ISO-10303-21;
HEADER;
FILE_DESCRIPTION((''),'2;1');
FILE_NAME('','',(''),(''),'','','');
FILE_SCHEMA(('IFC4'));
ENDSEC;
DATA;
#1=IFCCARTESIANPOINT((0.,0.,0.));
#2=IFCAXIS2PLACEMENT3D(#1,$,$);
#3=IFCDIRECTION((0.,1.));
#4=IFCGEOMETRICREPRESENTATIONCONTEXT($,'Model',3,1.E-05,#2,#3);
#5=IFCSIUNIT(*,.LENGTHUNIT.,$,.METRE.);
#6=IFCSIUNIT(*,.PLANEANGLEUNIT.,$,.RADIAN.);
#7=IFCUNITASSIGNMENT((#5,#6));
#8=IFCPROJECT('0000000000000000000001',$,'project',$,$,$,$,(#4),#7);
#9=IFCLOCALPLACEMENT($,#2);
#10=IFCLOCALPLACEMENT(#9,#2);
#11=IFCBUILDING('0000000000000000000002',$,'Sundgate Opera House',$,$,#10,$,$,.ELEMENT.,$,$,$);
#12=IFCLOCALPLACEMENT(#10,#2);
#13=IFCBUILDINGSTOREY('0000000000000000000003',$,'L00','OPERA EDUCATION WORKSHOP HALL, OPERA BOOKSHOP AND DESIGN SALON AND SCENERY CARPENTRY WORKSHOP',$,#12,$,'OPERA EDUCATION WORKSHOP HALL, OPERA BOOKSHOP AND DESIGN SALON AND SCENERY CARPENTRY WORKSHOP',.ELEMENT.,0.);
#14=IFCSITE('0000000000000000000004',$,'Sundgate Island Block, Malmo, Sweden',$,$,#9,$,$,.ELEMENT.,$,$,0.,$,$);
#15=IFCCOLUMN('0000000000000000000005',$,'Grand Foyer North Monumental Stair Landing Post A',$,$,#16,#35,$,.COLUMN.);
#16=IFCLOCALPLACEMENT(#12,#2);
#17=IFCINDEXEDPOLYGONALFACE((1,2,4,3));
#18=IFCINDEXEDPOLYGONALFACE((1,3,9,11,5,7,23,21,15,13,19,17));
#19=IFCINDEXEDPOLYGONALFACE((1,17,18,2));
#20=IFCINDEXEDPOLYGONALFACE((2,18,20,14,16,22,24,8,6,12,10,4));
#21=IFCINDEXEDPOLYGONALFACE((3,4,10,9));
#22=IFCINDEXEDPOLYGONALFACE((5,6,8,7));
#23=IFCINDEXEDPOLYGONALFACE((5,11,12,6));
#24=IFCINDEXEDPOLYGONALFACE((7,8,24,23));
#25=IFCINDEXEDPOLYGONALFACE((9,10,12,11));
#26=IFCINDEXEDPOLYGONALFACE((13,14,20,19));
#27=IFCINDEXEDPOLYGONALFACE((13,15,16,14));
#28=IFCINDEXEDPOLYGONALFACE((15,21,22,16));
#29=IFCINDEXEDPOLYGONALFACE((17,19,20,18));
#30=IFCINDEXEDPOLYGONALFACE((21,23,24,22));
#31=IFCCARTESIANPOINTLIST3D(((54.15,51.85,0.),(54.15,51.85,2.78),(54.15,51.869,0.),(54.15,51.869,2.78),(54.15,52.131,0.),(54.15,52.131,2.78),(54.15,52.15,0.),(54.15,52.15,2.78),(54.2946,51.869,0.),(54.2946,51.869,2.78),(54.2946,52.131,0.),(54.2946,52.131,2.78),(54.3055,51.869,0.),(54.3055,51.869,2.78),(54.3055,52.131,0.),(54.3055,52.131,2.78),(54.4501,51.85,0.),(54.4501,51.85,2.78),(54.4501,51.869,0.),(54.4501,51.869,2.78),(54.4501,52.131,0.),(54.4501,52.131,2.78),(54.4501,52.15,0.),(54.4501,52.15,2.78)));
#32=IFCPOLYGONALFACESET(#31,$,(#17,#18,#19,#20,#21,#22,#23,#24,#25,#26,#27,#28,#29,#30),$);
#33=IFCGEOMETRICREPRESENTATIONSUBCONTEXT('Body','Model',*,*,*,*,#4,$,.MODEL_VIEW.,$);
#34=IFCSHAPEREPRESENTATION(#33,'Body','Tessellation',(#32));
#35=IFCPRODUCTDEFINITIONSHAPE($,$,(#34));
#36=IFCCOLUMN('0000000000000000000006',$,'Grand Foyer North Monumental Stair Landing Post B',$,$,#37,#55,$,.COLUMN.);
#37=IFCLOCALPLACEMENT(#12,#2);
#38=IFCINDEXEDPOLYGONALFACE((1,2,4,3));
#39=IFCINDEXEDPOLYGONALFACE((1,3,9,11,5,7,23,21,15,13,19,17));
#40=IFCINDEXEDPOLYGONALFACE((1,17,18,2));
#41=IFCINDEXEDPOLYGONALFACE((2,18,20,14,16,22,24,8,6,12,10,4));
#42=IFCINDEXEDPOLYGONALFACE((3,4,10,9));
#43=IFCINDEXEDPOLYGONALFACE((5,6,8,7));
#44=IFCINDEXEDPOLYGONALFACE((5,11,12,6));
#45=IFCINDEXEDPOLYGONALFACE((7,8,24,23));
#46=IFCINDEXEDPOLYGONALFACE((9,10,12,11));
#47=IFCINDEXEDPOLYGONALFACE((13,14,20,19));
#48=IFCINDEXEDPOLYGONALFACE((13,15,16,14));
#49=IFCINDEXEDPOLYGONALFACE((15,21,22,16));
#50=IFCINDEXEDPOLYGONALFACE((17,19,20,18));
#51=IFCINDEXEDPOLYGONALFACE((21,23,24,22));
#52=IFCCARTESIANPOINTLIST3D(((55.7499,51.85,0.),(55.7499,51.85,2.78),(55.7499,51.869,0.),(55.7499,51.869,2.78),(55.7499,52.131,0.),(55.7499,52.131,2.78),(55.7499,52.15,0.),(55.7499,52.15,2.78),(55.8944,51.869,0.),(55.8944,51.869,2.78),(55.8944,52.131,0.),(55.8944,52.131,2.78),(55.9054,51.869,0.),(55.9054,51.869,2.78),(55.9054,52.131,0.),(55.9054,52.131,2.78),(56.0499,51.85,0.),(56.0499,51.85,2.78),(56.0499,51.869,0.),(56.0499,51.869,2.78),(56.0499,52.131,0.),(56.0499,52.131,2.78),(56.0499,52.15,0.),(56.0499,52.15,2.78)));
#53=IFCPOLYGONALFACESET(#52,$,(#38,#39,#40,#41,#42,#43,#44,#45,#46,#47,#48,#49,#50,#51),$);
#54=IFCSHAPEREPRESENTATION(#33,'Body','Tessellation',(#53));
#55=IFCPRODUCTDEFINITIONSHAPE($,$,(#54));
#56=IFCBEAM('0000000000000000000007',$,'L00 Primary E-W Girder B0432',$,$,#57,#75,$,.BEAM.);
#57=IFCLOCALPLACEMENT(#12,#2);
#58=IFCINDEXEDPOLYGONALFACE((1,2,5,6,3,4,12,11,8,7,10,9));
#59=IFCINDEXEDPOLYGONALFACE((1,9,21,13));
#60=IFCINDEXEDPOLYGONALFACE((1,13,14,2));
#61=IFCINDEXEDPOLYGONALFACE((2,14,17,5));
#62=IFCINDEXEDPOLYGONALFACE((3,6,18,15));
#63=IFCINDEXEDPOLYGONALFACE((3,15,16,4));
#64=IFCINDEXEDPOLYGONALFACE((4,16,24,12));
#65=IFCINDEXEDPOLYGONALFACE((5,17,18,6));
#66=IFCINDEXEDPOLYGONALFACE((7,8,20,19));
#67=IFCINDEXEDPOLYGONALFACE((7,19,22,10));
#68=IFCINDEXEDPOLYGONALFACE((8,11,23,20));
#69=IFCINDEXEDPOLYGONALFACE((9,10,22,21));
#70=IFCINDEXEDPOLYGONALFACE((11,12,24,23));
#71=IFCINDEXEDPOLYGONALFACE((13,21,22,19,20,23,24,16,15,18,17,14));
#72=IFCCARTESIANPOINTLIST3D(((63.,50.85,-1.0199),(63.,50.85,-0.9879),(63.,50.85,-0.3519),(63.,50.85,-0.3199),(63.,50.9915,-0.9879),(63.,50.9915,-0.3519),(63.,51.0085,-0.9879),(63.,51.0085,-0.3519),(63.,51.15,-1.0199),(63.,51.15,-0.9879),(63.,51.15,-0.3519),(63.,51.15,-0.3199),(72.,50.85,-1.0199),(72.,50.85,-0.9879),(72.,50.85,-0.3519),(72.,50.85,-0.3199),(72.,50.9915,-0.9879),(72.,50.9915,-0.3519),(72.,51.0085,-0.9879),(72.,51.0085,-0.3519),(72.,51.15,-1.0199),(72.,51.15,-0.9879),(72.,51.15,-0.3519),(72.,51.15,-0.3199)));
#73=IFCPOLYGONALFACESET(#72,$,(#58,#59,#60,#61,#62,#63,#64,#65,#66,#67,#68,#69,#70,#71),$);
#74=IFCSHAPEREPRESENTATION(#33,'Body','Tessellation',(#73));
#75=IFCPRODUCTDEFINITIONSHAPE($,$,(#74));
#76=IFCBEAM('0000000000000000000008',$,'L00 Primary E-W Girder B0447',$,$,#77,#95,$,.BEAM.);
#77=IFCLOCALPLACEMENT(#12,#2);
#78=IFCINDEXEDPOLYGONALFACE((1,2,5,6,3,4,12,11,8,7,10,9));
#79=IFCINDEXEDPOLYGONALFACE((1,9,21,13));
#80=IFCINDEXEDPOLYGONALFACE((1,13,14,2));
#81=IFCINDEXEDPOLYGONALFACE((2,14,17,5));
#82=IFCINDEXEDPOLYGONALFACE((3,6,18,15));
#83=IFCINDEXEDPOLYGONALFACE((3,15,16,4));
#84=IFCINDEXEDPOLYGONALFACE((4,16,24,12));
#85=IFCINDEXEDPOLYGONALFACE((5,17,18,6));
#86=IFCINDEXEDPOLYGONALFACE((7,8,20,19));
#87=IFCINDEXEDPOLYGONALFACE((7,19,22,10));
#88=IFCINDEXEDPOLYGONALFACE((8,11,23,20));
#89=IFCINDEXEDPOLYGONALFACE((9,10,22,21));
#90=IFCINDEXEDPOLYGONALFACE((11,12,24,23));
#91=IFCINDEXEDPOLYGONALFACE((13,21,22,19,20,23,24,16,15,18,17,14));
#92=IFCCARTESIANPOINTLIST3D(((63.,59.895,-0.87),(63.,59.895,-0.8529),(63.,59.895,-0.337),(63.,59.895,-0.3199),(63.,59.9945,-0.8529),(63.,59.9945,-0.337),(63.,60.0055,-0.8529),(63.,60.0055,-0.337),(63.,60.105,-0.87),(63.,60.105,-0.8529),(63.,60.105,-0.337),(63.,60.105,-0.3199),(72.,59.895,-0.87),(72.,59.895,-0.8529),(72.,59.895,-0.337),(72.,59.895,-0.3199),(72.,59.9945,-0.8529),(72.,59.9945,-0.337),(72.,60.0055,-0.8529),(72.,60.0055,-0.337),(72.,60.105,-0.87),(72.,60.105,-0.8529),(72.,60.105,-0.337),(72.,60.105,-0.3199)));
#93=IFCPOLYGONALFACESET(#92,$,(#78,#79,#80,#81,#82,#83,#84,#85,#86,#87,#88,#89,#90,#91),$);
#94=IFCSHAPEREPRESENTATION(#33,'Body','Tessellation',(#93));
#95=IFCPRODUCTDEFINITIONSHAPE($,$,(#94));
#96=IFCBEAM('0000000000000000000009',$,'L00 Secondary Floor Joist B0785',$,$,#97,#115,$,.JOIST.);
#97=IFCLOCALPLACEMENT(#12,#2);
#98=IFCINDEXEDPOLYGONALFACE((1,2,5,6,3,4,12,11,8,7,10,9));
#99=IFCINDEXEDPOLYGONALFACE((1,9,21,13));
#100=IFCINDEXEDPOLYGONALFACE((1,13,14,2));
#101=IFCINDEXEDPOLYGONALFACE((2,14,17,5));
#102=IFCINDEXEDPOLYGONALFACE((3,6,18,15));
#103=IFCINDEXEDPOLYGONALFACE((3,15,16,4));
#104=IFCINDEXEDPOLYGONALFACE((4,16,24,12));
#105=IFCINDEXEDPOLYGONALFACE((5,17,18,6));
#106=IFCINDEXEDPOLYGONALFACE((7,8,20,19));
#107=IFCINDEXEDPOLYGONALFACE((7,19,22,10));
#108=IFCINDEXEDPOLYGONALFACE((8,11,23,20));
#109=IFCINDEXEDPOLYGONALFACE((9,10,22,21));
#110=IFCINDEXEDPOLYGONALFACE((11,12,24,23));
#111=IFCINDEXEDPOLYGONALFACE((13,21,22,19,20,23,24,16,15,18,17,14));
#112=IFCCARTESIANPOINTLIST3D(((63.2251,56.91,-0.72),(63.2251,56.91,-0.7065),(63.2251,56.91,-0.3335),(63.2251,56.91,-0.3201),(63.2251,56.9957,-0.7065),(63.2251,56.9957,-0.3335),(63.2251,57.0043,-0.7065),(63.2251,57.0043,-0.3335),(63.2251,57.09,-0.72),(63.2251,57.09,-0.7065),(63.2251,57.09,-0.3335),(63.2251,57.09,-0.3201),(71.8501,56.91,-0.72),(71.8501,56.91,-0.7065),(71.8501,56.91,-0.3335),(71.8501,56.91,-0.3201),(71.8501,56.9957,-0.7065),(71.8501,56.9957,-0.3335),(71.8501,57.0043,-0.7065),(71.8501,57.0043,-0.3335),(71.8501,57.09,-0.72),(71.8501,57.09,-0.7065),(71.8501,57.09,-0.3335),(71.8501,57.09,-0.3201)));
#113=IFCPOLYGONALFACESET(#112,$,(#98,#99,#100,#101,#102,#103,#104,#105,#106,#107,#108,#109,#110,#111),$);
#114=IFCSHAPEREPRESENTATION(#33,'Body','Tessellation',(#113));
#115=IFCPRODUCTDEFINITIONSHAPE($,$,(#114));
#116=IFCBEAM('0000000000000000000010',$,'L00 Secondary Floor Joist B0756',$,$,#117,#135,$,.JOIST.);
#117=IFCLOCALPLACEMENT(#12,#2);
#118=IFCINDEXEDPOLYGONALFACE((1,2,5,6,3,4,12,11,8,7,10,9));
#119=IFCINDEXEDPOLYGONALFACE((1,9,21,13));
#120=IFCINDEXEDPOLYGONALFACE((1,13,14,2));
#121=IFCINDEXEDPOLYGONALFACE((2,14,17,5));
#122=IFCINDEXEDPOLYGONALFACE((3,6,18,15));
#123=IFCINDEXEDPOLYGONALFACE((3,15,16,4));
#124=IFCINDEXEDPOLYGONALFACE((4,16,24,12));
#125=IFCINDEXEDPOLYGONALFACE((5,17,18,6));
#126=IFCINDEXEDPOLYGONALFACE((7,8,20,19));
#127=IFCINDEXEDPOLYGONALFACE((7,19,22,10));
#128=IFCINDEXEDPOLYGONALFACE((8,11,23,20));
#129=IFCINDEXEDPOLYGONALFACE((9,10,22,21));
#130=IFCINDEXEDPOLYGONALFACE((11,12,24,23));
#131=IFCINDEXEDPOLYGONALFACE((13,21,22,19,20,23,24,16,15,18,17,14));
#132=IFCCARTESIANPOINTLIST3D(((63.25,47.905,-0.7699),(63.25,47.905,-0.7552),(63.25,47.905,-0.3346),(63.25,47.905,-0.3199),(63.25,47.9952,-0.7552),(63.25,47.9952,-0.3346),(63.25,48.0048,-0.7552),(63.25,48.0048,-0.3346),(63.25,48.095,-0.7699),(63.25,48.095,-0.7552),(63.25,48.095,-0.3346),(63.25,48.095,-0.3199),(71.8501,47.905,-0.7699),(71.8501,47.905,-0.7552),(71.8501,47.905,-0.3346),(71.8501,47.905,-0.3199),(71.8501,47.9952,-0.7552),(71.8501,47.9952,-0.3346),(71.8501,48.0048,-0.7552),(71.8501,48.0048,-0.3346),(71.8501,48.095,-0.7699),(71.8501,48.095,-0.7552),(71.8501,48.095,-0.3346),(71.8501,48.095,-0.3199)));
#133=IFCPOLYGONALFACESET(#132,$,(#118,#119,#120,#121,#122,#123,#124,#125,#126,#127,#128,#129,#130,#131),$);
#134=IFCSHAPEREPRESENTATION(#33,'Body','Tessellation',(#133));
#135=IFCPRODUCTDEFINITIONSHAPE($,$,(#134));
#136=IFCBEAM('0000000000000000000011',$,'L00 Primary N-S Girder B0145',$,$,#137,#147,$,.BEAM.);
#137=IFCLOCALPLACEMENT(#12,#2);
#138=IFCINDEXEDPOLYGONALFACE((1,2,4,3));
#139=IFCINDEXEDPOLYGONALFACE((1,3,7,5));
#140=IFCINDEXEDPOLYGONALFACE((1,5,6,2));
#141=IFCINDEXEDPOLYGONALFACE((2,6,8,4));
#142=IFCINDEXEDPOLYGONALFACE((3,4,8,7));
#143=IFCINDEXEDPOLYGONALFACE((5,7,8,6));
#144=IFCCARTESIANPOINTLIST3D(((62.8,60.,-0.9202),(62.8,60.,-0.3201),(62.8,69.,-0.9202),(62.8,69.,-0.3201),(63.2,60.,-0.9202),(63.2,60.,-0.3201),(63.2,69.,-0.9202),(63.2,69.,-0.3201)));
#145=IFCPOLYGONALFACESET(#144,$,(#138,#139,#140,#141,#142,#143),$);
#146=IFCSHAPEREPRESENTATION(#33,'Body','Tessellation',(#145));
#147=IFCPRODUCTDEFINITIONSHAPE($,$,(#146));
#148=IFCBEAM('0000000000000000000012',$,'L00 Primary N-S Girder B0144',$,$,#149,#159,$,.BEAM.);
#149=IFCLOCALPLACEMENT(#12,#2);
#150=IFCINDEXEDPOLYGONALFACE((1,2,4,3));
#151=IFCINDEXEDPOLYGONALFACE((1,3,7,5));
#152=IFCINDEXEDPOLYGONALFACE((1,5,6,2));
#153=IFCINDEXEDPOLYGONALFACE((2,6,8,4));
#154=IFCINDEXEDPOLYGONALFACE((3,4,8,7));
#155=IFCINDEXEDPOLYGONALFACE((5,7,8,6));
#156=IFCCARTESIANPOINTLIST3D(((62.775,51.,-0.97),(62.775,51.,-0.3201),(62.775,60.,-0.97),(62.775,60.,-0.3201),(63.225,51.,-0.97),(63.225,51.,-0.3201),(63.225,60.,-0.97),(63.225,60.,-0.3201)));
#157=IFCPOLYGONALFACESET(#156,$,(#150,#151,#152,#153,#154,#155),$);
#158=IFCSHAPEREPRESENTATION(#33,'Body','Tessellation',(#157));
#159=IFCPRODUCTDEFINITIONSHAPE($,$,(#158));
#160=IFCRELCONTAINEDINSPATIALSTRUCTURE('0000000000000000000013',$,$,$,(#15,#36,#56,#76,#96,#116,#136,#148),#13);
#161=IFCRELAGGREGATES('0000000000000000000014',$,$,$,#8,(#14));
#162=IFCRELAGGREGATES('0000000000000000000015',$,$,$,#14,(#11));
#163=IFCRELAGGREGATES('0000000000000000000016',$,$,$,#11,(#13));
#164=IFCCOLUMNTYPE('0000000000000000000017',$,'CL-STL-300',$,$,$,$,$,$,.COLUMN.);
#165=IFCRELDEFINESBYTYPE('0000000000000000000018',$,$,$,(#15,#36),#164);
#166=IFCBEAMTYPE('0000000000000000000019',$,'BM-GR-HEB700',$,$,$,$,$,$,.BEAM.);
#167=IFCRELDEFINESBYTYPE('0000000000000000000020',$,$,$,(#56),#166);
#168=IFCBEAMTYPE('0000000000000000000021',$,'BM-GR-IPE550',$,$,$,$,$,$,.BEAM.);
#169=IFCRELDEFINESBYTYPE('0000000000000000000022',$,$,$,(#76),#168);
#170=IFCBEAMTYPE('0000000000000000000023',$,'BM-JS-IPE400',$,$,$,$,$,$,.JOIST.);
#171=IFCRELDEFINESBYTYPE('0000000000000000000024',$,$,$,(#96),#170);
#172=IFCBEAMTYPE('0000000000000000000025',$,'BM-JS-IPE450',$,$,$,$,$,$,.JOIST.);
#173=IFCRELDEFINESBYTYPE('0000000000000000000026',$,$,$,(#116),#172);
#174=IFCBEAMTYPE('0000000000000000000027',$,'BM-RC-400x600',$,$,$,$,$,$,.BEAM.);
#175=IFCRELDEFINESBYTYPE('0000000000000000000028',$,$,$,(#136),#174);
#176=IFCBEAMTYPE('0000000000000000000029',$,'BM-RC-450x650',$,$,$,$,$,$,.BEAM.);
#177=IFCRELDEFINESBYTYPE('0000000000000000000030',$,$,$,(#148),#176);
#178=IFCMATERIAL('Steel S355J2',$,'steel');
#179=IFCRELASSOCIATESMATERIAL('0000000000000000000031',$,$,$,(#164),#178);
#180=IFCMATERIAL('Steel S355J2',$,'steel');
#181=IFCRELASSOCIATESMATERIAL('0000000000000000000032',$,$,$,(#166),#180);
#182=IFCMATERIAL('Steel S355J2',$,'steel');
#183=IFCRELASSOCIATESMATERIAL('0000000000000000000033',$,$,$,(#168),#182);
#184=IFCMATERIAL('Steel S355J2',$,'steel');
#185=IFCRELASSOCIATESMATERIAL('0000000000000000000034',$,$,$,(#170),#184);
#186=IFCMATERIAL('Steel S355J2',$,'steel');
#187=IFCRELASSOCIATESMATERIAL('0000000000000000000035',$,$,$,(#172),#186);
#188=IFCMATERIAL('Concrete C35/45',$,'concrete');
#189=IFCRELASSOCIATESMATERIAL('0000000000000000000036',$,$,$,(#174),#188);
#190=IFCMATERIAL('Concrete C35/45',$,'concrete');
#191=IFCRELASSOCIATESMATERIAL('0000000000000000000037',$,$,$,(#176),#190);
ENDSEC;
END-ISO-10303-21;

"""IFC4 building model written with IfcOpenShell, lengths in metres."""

from ifc_helpers import new_model, si_unit, direction, frame, origin, origin_2d, place, context, subcontext, project, spatial, rectangle, i_section, extrude, material, material_profile, profile_set, type_object, element, save


model = new_model("IFC4")

# Units and contexts
model_context = context("Model", 3, precision=1e-05, world=origin(), true_north=direction((0.0, 1.0)))
body_context = subcontext(model_context, "Body", "Model", "MODEL_VIEW")
ifc_project = project(units=[si_unit("LENGTHUNIT", "METRE"), si_unit("PLANEANGLEUNIT", "RADIAN")], contexts=[model_context])

# Site, building, storey
site_placement = place(None, origin())
site = spatial("IfcSite", under=ifc_project, at=site_placement, Name="Sundgate Island Block, Malmo, Sweden", CompositionType="ELEMENT", RefElevation=0.0)
building_placement = place(site_placement, origin())
building = spatial("IfcBuilding", under=site, at=building_placement, Name="Sundgate Opera House", CompositionType="ELEMENT")
storey_placement = place(building_placement, origin())
storey = spatial("IfcBuildingStorey", under=building, at=storey_placement, Name="L00", Description="OPERA EDUCATION WORKSHOP HALL, OPERA BOOKSHOP AND DESIGN SALON AND SCENERY CARPENTRY WORKSHOP", LongName="OPERA EDUCATION WORKSHOP HALL, OPERA BOOKSHOP AND DESIGN SALON AND SCENERY CARPENTRY WORKSHOP", CompositionType="ELEMENT", Elevation=0.0)

# Columns
ifc_material_1 = material(Name="Steel S355J2", Category="steel")
ifc_material_profile_1 = material_profile(ifc_material_1, i_section(OverallWidth=0.3, OverallDepth=0.3, WebThickness=0.011, FlangeThickness=0.019, at=origin_2d()), Name="HEB 300")
ifc_profile_set_1 = profile_set([ifc_material_profile_1], Name="Steel S355J2")
column_type_1 = type_object("IfcColumnType", Name="CL-STL-300", PredefinedType="COLUMN", material=ifc_profile_set_1)
for number, where, z_axis, x_axis, name in (
    (1, (54.3, 52.0, 0.0), (0.0, 0.0, 1.0), (1.0, 0.0, 0.0), "Grand Foyer North Monumental Stair Landing Post A"),
    (2, (55.8999, 52.0, 0.0), (0.0, 0.0, 1.0), (1.0, 0.0, 0.0), "Grand Foyer North Monumental Stair Landing Post B"),
):
    element("IfcColumn", number, at=place(storey_placement, frame(where, z_axis=z_axis, x_axis=x_axis)), inside=storey, type_object=column_type_1, Name=name, PredefinedType="COLUMN", context=body_context, shape_type="SweptSolid", body=[
        extrude(i_section(OverallWidth=0.3, OverallDepth=0.3, WebThickness=0.011, FlangeThickness=0.019, at=origin_2d()), origin(), (0.0, 0.0, 1.0), 2.78),
    ])

# Beams
ifc_material_2 = material(Name="Steel S355J2", Category="steel")
ifc_material_profile_2 = material_profile(ifc_material_2, i_section(OverallWidth=0.3, OverallDepth=0.7, WebThickness=0.0171, FlangeThickness=0.032, at=origin_2d()), Name="HEB 700")
ifc_profile_set_2 = profile_set([ifc_material_profile_2], Name="Steel S355J2")
beam_type_1 = type_object("IfcBeamType", Name="BM-GR-HEB700", PredefinedType="BEAM", material=ifc_profile_set_2)
beam_1_placement = place(storey_placement, frame((63.0, 51.0, -0.6699), z_axis=(1.0, 0.0, 0.0), x_axis=(0.0, 1.0, 0.0)))
element("IfcBeam", 3, at=beam_1_placement, inside=storey, type_object=beam_type_1, Name="L00 Primary E-W Girder B0432", PredefinedType="BEAM", context=body_context, shape_type="SweptSolid", body=[
    extrude(i_section(OverallWidth=0.3, OverallDepth=0.7, WebThickness=0.0171, FlangeThickness=0.032, at=origin_2d()), origin(), (0.0, 0.0, 1.0), 9.0),
])
ifc_material_3 = material(Name="Steel S355J2", Category="steel")
ifc_material_profile_3 = material_profile(ifc_material_3, i_section(OverallWidth=0.21, OverallDepth=0.55, WebThickness=0.011, FlangeThickness=0.0171, at=origin_2d()), Name="IPE 550")
ifc_profile_set_3 = profile_set([ifc_material_profile_3], Name="Steel S355J2")
beam_type_2 = type_object("IfcBeamType", Name="BM-GR-IPE550", PredefinedType="BEAM", material=ifc_profile_set_3)
beam_2_placement = place(storey_placement, frame((63.0, 60.0, -0.595), z_axis=(1.0, 0.0, 0.0), x_axis=(0.0, 1.0, 0.0)))
element("IfcBeam", 4, at=beam_2_placement, inside=storey, type_object=beam_type_2, Name="L00 Primary E-W Girder B0447", PredefinedType="BEAM", context=body_context, shape_type="SweptSolid", body=[
    extrude(i_section(OverallWidth=0.21, OverallDepth=0.55, WebThickness=0.011, FlangeThickness=0.0171, at=origin_2d()), origin(), (0.0, 0.0, 1.0), 9.0),
])
ifc_material_4 = material(Name="Steel S355J2", Category="steel")
ifc_material_profile_4 = material_profile(ifc_material_4, i_section(OverallWidth=0.1799, OverallDepth=0.3999, WebThickness=0.0085, FlangeThickness=0.0134, at=origin_2d()), Name="IPE 400")
ifc_profile_set_4 = profile_set([ifc_material_profile_4], Name="Steel S355J2")
beam_type_3 = type_object("IfcBeamType", Name="BM-JS-IPE400", PredefinedType="JOIST", material=ifc_profile_set_4)
beam_3_placement = place(storey_placement, frame((63.2251, 57.0, -0.52), z_axis=(1.0, 0.0, 0.0), x_axis=(0.0, 1.0, 0.0)))
element("IfcBeam", 5, at=beam_3_placement, inside=storey, type_object=beam_type_3, Name="L00 Secondary Floor Joist B0785", PredefinedType="JOIST", context=body_context, shape_type="SweptSolid", body=[
    extrude(i_section(OverallWidth=0.1799, OverallDepth=0.3999, WebThickness=0.0085, FlangeThickness=0.0134, at=origin_2d()), origin(), (0.0, 0.0, 1.0), 8.625),
])
ifc_material_5 = material(Name="Steel S355J2", Category="steel")
ifc_material_profile_5 = material_profile(ifc_material_5, i_section(OverallWidth=0.1899, OverallDepth=0.45, WebThickness=0.0095, FlangeThickness=0.0146, at=origin_2d()), Name="IPE 450")
ifc_profile_set_5 = profile_set([ifc_material_profile_5], Name="Steel S355J2")
beam_type_4 = type_object("IfcBeamType", Name="BM-JS-IPE450", PredefinedType="JOIST", material=ifc_profile_set_5)
beam_4_placement = place(storey_placement, frame((63.25, 48.0, -0.5449), z_axis=(1.0, 0.0, 0.0), x_axis=(0.0, 1.0, 0.0)))
element("IfcBeam", 6, at=beam_4_placement, inside=storey, type_object=beam_type_4, Name="L00 Secondary Floor Joist B0756", PredefinedType="JOIST", context=body_context, shape_type="SweptSolid", body=[
    extrude(i_section(OverallWidth=0.1899, OverallDepth=0.45, WebThickness=0.0095, FlangeThickness=0.0146, at=origin_2d()), origin(), (0.0, 0.0, 1.0), 8.6001),
])
ifc_material_6 = material(Name="Concrete C35/45", Category="concrete")
ifc_material_profile_6 = material_profile(ifc_material_6, rectangle(XDim=0.3999, YDim=0.6001, at=origin_2d()), Name="RC 400x600")
ifc_profile_set_6 = profile_set([ifc_material_profile_6], Name="Concrete C35/45")
beam_type_5 = type_object("IfcBeamType", Name="BM-RC-400x600", PredefinedType="BEAM", material=ifc_profile_set_6)
beam_5_placement = place(storey_placement, frame((63.0, 60.0, -0.6201), z_axis=(0.0, 1.0, 0.0), x_axis=(-1.0, 0.0, 0.0)))
element("IfcBeam", 7, at=beam_5_placement, inside=storey, type_object=beam_type_5, Name="L00 Primary N-S Girder B0145", PredefinedType="BEAM", context=body_context, shape_type="SweptSolid", body=[
    extrude(rectangle(XDim=0.3999, YDim=0.6001, at=origin_2d()), origin(), (0.0, 0.0, 1.0), 9.0),
])
ifc_material_7 = material(Name="Concrete C35/45", Category="concrete")
ifc_material_profile_7 = material_profile(ifc_material_7, rectangle(XDim=0.45, YDim=0.6499, at=origin_2d()), Name="RC 450x650")
ifc_profile_set_7 = profile_set([ifc_material_profile_7], Name="Concrete C35/45")
beam_type_6 = type_object("IfcBeamType", Name="BM-RC-450x650", PredefinedType="BEAM", material=ifc_profile_set_7)
beam_6_placement = place(storey_placement, frame((63.0, 51.0, -0.645), z_axis=(0.0, 1.0, 0.0), x_axis=(-1.0, 0.0, 0.0)))
element("IfcBeam", 8, at=beam_6_placement, inside=storey, type_object=beam_type_6, Name="L00 Primary N-S Girder B0144", PredefinedType="BEAM", context=body_context, shape_type="SweptSolid", body=[
    extrude(rectangle(XDim=0.45, YDim=0.6499, at=origin_2d()), origin(), (0.0, 0.0, 1.0), 9.0),
])

save(model, "model.ifc")
